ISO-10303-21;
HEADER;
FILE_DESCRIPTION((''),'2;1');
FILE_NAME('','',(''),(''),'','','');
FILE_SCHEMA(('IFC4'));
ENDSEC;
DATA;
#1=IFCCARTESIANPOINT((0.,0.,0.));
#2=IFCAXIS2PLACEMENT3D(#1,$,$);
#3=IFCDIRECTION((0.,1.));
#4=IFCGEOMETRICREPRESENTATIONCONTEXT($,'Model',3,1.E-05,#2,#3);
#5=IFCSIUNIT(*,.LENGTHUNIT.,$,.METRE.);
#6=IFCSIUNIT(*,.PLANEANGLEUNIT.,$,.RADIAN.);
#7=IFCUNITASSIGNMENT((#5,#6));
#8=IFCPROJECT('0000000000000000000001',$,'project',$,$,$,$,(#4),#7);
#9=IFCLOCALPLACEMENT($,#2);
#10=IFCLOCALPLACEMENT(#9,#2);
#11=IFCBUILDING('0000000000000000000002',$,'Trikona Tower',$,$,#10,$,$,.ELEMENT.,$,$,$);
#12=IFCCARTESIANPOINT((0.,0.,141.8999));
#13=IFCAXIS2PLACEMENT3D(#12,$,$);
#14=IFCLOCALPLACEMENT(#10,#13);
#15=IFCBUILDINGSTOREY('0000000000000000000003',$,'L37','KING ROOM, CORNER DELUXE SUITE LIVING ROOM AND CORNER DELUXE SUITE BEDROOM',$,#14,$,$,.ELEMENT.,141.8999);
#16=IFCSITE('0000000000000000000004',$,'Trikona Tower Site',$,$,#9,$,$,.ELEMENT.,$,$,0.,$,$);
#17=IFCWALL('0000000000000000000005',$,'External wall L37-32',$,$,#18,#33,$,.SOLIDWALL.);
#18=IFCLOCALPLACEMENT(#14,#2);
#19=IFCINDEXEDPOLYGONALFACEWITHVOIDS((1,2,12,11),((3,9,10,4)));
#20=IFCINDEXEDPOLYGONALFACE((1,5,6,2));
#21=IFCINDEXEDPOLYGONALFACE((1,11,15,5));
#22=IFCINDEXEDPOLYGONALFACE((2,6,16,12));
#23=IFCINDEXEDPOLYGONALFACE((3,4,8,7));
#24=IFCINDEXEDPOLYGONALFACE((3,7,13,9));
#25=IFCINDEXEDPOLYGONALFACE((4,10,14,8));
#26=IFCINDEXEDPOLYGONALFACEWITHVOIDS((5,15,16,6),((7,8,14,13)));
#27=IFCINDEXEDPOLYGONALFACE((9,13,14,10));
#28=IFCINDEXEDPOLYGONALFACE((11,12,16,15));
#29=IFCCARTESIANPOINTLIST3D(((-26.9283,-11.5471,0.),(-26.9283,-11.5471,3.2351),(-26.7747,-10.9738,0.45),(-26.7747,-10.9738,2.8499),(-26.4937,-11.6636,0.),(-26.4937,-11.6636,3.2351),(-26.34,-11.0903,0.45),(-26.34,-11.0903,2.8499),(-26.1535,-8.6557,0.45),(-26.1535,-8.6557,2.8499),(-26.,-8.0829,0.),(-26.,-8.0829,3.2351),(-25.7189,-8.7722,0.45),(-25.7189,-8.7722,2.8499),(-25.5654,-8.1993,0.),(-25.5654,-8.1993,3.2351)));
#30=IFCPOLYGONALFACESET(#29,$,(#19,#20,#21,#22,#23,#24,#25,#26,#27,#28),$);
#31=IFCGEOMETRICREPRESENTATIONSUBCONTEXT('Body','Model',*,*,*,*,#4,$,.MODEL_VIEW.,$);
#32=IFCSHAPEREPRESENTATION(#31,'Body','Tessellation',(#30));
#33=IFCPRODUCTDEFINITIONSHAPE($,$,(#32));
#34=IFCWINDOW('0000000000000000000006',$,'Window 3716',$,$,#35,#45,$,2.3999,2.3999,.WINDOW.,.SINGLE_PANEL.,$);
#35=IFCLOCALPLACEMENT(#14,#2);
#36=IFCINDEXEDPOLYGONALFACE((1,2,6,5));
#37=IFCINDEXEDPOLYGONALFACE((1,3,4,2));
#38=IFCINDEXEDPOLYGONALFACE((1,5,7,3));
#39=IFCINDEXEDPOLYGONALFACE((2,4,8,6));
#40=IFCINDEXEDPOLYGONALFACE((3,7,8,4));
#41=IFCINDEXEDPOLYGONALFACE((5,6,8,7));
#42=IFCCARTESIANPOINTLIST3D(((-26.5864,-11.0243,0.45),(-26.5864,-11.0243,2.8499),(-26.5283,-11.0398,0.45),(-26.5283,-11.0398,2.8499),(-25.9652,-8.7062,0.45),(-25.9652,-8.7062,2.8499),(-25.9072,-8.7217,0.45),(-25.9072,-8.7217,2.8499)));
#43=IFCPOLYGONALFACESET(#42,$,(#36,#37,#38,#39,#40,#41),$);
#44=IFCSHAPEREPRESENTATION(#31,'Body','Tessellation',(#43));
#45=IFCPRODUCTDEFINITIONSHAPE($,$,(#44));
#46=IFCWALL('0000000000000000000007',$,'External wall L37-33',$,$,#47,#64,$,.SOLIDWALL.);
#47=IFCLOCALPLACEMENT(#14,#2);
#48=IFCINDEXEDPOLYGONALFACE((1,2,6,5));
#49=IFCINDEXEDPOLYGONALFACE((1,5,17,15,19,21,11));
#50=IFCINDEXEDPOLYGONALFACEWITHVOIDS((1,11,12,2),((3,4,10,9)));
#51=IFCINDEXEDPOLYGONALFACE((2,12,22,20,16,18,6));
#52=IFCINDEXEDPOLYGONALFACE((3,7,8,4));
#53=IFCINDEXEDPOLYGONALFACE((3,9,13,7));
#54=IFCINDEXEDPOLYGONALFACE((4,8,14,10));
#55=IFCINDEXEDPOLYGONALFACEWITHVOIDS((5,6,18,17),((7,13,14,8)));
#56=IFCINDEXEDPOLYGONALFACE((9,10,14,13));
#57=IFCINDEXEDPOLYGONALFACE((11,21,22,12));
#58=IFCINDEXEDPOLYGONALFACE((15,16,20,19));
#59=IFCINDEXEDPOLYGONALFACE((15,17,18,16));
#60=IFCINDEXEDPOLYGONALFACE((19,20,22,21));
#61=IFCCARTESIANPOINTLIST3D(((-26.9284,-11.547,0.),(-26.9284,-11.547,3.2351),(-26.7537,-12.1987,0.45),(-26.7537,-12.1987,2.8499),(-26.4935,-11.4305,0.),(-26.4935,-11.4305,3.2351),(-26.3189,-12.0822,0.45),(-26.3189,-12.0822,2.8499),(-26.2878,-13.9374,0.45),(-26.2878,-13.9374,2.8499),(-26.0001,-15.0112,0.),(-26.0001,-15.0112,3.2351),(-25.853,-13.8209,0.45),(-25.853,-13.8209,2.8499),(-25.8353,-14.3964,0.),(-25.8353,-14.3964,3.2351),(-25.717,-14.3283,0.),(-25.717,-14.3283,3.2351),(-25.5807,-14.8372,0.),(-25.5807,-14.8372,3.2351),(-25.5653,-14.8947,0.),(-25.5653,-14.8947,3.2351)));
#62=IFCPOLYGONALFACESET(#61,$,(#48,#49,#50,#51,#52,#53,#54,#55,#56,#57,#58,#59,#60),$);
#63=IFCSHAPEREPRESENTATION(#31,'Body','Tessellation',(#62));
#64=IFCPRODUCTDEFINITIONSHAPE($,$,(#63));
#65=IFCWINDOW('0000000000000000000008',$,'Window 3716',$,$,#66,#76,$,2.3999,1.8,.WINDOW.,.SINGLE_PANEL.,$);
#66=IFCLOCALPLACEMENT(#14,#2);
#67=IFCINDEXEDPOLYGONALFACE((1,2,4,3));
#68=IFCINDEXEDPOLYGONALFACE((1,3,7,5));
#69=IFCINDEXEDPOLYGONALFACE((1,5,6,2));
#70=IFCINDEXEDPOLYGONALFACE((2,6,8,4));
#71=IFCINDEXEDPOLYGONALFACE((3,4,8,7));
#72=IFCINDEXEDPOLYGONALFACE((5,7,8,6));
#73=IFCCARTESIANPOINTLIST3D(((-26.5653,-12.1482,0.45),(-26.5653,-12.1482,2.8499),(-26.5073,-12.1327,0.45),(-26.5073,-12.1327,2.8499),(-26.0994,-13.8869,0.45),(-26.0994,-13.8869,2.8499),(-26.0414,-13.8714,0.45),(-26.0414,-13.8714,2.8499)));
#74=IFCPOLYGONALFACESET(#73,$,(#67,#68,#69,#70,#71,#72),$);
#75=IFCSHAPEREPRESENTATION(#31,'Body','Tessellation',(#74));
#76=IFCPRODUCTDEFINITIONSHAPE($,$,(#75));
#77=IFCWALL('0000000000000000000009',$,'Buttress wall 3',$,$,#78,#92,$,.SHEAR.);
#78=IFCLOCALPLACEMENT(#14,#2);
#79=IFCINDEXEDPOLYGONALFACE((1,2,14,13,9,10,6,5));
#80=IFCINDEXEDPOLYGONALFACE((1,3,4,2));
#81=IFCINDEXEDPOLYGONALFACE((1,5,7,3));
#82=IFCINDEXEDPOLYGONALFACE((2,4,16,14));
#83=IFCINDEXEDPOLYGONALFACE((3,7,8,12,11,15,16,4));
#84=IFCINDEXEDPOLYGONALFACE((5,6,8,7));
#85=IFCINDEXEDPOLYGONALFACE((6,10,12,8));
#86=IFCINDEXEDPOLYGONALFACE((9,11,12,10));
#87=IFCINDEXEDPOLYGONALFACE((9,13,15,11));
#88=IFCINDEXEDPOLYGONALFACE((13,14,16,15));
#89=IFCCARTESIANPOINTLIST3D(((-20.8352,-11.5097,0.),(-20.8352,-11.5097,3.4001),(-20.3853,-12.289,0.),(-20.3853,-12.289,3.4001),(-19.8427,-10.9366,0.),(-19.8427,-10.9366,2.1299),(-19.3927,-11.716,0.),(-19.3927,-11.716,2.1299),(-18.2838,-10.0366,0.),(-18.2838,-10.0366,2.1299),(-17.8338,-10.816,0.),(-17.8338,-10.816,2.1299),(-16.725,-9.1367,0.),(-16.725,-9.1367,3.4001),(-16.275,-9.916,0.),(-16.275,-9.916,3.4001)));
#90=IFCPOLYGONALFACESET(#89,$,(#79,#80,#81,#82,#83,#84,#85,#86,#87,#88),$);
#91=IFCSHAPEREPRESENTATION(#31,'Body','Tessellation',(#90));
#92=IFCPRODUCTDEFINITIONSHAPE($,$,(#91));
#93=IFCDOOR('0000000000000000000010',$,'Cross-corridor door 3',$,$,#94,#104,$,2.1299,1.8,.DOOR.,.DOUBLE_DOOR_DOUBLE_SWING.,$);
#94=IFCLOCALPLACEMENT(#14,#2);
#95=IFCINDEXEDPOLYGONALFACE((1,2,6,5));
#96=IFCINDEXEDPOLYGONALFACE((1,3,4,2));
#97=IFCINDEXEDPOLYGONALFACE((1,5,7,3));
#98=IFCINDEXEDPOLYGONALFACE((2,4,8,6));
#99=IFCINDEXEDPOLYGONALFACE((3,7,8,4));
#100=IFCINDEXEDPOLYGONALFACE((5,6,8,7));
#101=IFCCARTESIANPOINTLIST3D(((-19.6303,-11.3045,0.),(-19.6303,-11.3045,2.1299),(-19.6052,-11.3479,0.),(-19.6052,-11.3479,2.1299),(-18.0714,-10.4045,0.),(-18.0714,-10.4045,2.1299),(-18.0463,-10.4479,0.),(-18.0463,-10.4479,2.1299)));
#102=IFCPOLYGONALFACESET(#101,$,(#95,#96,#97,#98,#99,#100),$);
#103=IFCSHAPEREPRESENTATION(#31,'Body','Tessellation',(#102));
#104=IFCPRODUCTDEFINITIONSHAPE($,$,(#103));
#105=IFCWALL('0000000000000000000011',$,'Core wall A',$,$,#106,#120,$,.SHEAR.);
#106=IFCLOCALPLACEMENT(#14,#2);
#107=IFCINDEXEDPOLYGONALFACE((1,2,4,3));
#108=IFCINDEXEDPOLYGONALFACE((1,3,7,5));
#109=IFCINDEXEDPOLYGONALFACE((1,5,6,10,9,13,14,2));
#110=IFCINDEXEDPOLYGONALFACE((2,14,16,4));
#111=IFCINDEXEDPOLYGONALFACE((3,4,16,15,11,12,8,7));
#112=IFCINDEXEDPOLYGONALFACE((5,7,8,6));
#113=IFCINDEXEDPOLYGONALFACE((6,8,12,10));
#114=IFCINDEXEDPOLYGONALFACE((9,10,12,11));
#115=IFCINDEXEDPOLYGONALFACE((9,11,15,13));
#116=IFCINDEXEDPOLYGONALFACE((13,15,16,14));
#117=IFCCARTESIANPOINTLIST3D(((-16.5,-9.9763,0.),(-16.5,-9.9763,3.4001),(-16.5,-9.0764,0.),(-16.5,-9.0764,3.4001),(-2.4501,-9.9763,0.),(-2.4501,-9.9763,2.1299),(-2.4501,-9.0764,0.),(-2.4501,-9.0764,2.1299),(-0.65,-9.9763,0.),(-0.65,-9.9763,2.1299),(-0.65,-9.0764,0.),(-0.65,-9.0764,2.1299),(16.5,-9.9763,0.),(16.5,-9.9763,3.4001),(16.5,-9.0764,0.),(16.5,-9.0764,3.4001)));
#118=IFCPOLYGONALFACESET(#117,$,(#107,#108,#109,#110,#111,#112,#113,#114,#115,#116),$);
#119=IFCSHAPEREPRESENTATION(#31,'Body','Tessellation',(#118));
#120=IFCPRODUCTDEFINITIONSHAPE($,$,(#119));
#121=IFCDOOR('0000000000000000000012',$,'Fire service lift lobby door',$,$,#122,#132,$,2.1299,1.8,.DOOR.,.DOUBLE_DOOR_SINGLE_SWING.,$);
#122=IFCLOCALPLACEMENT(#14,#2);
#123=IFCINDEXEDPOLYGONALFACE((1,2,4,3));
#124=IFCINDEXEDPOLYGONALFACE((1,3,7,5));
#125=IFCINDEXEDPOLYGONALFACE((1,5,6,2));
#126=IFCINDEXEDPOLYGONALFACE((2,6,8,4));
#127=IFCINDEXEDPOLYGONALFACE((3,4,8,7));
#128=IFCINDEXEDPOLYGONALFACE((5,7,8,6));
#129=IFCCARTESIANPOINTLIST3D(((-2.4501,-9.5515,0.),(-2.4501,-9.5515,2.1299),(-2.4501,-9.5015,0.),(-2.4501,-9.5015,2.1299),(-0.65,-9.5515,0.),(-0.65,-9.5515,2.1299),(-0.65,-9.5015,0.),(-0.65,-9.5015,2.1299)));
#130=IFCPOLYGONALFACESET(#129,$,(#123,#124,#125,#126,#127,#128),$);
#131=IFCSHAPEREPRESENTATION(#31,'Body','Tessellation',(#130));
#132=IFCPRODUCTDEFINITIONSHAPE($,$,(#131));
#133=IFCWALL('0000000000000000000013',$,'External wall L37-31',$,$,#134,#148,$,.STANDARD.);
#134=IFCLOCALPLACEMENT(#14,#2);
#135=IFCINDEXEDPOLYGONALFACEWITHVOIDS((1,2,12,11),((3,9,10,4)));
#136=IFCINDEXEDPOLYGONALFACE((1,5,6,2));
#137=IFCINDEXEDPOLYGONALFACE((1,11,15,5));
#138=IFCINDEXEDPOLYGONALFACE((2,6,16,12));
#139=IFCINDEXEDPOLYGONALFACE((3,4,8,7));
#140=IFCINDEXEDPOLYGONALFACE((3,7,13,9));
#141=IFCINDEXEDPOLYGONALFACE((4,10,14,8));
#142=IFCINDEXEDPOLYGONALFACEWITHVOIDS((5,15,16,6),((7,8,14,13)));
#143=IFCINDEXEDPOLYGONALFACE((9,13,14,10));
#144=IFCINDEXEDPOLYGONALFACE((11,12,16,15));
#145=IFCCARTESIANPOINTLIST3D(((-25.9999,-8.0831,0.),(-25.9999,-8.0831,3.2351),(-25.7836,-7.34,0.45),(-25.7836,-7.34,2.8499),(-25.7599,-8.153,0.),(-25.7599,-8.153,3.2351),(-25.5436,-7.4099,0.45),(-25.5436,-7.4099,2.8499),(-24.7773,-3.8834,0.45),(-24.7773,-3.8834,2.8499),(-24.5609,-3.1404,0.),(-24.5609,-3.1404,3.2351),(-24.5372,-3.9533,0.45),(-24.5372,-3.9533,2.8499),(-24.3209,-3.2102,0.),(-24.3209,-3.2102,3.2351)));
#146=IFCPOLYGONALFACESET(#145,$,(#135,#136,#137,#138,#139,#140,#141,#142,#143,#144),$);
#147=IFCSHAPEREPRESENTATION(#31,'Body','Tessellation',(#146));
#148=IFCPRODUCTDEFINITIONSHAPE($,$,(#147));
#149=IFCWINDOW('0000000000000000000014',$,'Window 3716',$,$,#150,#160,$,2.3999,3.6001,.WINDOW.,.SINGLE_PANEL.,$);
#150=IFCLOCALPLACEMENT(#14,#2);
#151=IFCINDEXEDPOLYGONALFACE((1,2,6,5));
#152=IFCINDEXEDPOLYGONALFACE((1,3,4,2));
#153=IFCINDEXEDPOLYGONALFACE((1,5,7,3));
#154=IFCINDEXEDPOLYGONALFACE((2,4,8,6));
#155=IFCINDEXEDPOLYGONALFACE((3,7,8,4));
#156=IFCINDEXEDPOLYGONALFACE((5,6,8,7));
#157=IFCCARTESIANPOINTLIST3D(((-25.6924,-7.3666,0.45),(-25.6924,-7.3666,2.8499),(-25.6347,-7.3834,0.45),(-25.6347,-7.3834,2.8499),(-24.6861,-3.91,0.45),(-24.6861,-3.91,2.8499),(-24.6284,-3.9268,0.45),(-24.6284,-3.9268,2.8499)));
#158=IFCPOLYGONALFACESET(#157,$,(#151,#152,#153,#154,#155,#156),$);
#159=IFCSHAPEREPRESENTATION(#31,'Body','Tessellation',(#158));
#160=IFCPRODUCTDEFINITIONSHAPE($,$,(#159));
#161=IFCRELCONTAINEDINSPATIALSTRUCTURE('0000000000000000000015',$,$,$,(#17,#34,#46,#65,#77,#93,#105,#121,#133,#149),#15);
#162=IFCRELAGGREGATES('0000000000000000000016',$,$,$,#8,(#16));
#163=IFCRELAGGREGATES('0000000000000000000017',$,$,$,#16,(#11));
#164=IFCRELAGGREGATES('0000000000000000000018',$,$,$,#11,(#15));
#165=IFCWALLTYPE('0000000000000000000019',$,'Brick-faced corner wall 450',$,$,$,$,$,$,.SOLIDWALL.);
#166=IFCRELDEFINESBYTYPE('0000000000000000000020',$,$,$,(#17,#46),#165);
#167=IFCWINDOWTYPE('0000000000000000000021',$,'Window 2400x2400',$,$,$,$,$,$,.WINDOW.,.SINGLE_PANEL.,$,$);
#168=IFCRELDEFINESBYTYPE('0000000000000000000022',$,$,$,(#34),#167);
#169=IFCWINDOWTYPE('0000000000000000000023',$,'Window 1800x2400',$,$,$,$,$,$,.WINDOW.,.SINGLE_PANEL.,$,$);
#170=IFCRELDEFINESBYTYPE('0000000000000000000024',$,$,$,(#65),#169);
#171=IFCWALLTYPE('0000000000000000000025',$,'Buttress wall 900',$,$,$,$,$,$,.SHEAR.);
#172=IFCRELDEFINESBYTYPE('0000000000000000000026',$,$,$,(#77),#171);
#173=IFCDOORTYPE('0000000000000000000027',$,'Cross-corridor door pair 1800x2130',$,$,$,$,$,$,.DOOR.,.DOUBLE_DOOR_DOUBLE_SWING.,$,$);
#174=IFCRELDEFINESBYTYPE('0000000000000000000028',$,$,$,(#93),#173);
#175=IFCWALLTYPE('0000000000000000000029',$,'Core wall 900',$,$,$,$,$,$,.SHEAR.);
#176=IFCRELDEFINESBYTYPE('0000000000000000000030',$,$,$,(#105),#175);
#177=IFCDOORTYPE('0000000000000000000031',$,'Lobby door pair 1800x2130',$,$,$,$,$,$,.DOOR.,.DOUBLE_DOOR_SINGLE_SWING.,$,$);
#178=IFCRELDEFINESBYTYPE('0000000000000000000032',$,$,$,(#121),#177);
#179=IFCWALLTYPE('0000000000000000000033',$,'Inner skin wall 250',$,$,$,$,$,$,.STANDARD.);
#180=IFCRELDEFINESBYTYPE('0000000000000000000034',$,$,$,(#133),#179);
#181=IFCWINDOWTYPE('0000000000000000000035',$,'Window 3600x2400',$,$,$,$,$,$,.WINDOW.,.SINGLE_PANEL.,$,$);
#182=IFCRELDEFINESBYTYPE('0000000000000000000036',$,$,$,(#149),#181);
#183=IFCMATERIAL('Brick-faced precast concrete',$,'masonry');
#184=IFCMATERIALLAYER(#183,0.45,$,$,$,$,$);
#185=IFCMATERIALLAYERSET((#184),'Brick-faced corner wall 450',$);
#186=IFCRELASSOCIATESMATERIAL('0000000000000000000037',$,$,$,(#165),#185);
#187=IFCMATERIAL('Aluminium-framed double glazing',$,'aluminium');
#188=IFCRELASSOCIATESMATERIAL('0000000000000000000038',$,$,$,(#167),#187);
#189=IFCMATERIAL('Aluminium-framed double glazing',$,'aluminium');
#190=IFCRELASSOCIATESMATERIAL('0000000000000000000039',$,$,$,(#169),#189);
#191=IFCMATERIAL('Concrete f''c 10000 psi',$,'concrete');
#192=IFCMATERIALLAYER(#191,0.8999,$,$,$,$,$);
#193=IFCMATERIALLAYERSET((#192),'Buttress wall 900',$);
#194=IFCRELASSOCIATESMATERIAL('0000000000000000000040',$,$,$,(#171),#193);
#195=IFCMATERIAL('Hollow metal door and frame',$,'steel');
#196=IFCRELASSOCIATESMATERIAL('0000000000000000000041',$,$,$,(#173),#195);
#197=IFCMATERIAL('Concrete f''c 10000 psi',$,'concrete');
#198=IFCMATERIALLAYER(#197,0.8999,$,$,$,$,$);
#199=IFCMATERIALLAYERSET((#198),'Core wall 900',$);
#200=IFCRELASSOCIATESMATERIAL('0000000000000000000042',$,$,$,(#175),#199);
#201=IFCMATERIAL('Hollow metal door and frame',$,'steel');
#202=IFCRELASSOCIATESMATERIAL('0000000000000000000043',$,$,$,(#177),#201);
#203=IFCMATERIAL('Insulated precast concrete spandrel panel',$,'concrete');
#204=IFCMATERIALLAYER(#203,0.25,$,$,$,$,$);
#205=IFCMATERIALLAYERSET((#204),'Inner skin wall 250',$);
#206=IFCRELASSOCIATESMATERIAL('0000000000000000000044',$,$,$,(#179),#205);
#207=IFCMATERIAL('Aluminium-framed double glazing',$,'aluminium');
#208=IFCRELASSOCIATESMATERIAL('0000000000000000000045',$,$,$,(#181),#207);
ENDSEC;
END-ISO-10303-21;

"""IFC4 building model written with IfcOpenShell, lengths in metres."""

from ifc_helpers import new_model, si_unit, direction, frame, frame_2d, origin, place, context, subcontext, project, spatial, polyline, rectangle, outline, extrude, material, layer, layer_set, type_object, element, fill, save


model = new_model("IFC4")

# Units and contexts
model_context = context("Model", 3, precision=1e-05, world=origin(), true_north=direction((0.0, 1.0)))
body_context = subcontext(model_context, "Body", "Model", "MODEL_VIEW")
ifc_project = project(units=[si_unit("LENGTHUNIT", "METRE"), si_unit("PLANEANGLEUNIT", "RADIAN")], contexts=[model_context])

# Site, building, storey
site_placement = place(None, origin())
site = spatial("IfcSite", under=ifc_project, at=site_placement, Name="Trikona Tower Site", CompositionType="ELEMENT", RefElevation=0.0)
building_placement = place(site_placement, origin())
building = spatial("IfcBuilding", under=site, at=building_placement, Name="Trikona Tower", CompositionType="ELEMENT")
storey_placement = place(building_placement, frame((0.0, 0.0, 141.8999)))
storey = spatial("IfcBuildingStorey", under=building, at=storey_placement, Name="L37", Description="KING ROOM, CORNER DELUXE SUITE LIVING ROOM AND CORNER DELUXE SUITE BEDROOM", CompositionType="ELEMENT", Elevation=141.8999)

# Walls, openings, windows
ifc_material_1 = material(Name="Brick-faced precast concrete", Category="masonry")
ifc_layer_1 = layer(ifc_material_1, 0.45)
ifc_layer_set_1 = layer_set([ifc_layer_1], Name="Brick-faced corner wall 450")
wall_type_1 = type_object("IfcWallType", Name="Brick-faced corner wall 450", PredefinedType="SOLIDWALL", material=ifc_layer_set_1)
wall_1_placement = place(storey_placement, frame((-25.7827, -8.1411, 0.0), z_axis=(0.0, 0.0, 1.0), x_axis=(-0.258823, -0.965925, 0.0)))
wall_1 = element("IfcWall", 1, at=wall_1_placement, inside=storey, type_object=wall_type_1, Name="External wall L37-32", PredefinedType="SOLIDWALL", context=body_context, shape_type="SweptSolid", body=[
    extrude(rectangle(XDim=3.5864, YDim=0.45, at=frame_2d((1.7932, 0.0))), origin(), (0.0, 0.0, 1.0), 3.2351),
])
opening_1_placement = place(wall_1_placement, frame((0.593, 0.0, 0.45)))
opening_1 = element("IfcOpeningElement", 2, at=opening_1_placement, cuts=wall_1, PredefinedType="OPENING", context=body_context, shape_type="SweptSolid", body=[
    extrude(rectangle(XDim=2.3999, YDim=2.3999, at=frame_2d((1.2, 1.2))), frame((0.0, 0.2349, 0.0), z_axis=(0.0, -1.0, 0.0), x_axis=(1.0, 0.0, 0.0)), (0.0, 0.0, 1.0), 0.47),
])
ifc_material_2 = material(Name="Aluminium-framed double glazing", Category="aluminium")
window_type_1 = type_object("IfcWindowType", Name="Window 2400x2400", PartitioningType="SINGLE_PANEL", PredefinedType="WINDOW", material=ifc_material_2)
window_1_placement = place(opening_1_placement, origin())
window_1 = element("IfcWindow", 3, at=window_1_placement, inside=storey, type_object=window_type_1, Name="Window 3716", OverallHeight=2.3999, OverallWidth=2.3999, PartitioningType="SINGLE_PANEL", PredefinedType="WINDOW", context=body_context, shape_type="SweptSolid", body=[
    extrude(rectangle(XDim=2.3999, YDim=2.3999, at=frame_2d((1.2, 1.2))), frame((0.0, 0.03, 0.0), z_axis=(0.0, -1.0, 0.0), x_axis=(1.0, 0.0, 0.0)), (0.0, 0.0, 1.0), 0.0601),
])
fill(opening_1, window_1)
wall_2_placement = place(storey_placement, frame((-26.7109, -11.4888, 0.0), z_axis=(0.0, 0.0, 1.0), x_axis=(0.258823, -0.965925, 0.0)))
wall_2 = element("IfcWall", 4, at=wall_2_placement, inside=storey, type_object=wall_type_1, Name="External wall L37-33", PredefinedType="SOLIDWALL", context=body_context, shape_type="SweptSolid", body=[
    extrude(outline(polyline([(3.5864, 0.2251), (3.5269, 0.2251), (3.0352, 0.0933), (3.0, 0.2251), (0.0, 0.2251), (0.0, -0.2251), (3.5864, -0.2251), (3.5864, 0.2251)])), origin(), (0.0, 0.0, 1.0), 3.2351),
])
opening_2_placement = place(wall_2_placement, frame((0.6748, 0.0, 0.45)))
opening_2 = element("IfcOpeningElement", 5, at=opening_2_placement, cuts=wall_2, PredefinedType="OPENING", context=body_context, shape_type="SweptSolid", body=[
    extrude(rectangle(XDim=1.8, YDim=2.3999, at=frame_2d((0.8999, 1.2))), frame((0.0, 0.2349, 0.0), z_axis=(0.0, -1.0, 0.0), x_axis=(1.0, 0.0, 0.0)), (0.0, 0.0, 1.0), 0.47),
])
ifc_material_3 = material(Name="Aluminium-framed double glazing", Category="aluminium")
window_type_2 = type_object("IfcWindowType", Name="Window 1800x2400", PartitioningType="SINGLE_PANEL", PredefinedType="WINDOW", material=ifc_material_3)
window_2_placement = place(opening_2_placement, origin())
window_2 = element("IfcWindow", 6, at=window_2_placement, inside=storey, type_object=window_type_2, Name="Window 3716", OverallHeight=2.3999, OverallWidth=1.8, PartitioningType="SINGLE_PANEL", PredefinedType="WINDOW", context=body_context, shape_type="SweptSolid", body=[
    extrude(rectangle(XDim=1.8, YDim=2.3999, at=frame_2d((0.8999, 1.2))), frame((0.0, 0.03, 0.0), z_axis=(0.0, -1.0, 0.0), x_axis=(1.0, 0.0, 0.0)), (0.0, 0.0, 1.0), 0.0601),
])
fill(opening_2, window_2)

# Walls, openings, doors
ifc_material_4 = material(Name="Concrete f'c 10000 psi", Category="concrete")
ifc_layer_2 = layer(ifc_material_4, 0.8999)
ifc_layer_set_2 = layer_set([ifc_layer_2], Name="Buttress wall 900")
wall_type_2 = type_object("IfcWallType", Name="Buttress wall 900", PredefinedType="SHEAR", material=ifc_layer_set_2)
wall_3_placement = place(storey_placement, frame((-16.5, -9.5264, 0.0), z_axis=(0.0, 0.0, 1.0), x_axis=(-0.866031, -0.49999, 0.0)))
wall_3 = element("IfcWall", 7, at=wall_3_placement, inside=storey, type_object=wall_type_2, Name="Buttress wall 3", PredefinedType="SHEAR", context=body_context, shape_type="SweptSolid", body=[
    extrude(rectangle(XDim=4.7461, YDim=0.8999, at=frame_2d((2.373, 0.0))), origin(), (0.0, 0.0, 1.0), 3.4001),
])
opening_3_placement = place(wall_3_placement, frame((1.8, 0.0, 0.0)))
opening_3 = element("IfcOpeningElement", 8, at=opening_3_placement, cuts=wall_3, PredefinedType="OPENING", context=body_context, shape_type="SweptSolid", body=[
    extrude(rectangle(XDim=1.8, YDim=2.1299, at=frame_2d((0.8999, 1.0649))), frame((0.0, 0.46, 0.0), z_axis=(0.0, -1.0, 0.0), x_axis=(1.0, 0.0, 0.0)), (0.0, 0.0, 1.0), 0.9199),
])
ifc_material_5 = material(Name="Hollow metal door and frame", Category="steel")
door_type_1 = type_object("IfcDoorType", Name="Cross-corridor door pair 1800x2130", OperationType="DOUBLE_DOOR_DOUBLE_SWING", PredefinedType="DOOR", material=ifc_material_5)
door_1_placement = place(opening_3_placement, origin())
door_1 = element("IfcDoor", 9, at=door_1_placement, inside=storey, type_object=door_type_1, Name="Cross-corridor door 3", OperationType="DOUBLE_DOOR_DOUBLE_SWING", OverallHeight=2.1299, OverallWidth=1.8, PredefinedType="DOOR", context=body_context, shape_type="SweptSolid", body=[
    extrude(rectangle(XDim=1.8, YDim=2.1299, at=frame_2d((0.8999, 1.0649))), frame((0.0, 0.0249, 0.0), z_axis=(0.0, -1.0, 0.0), x_axis=(1.0, 0.0, 0.0)), (0.0, 0.0, 1.0), 0.05),
])
fill(opening_3, door_1)
ifc_material_6 = material(Name="Concrete f'c 10000 psi", Category="concrete")
ifc_layer_3 = layer(ifc_material_6, 0.8999)
ifc_layer_set_3 = layer_set([ifc_layer_3], Name="Core wall 900")
wall_type_3 = type_object("IfcWallType", Name="Core wall 900", PredefinedType="SHEAR", material=ifc_layer_set_3)
wall_4_placement = place(storey_placement, frame((-16.5, -9.5264, 0.0), z_axis=(0.0, 0.0, 1.0), x_axis=(1.0, 0.0, 0.0)))
wall_4 = element("IfcWall", 10, at=wall_4_placement, inside=storey, type_object=wall_type_3, Name="Core wall A", PredefinedType="SHEAR", context=body_context, shape_type="SweptSolid", body=[
    extrude(rectangle(XDim=33.0, YDim=0.8999, at=frame_2d((16.5, 0.0))), origin(), (0.0, 0.0, 1.0), 3.4001),
])
opening_4_placement = place(wall_4_placement, frame((14.05, 0.0, 0.0)))
opening_4 = element("IfcOpeningElement", 11, at=opening_4_placement, cuts=wall_4, PredefinedType="OPENING", context=body_context, shape_type="SweptSolid", body=[
    extrude(rectangle(XDim=1.8, YDim=2.1299, at=frame_2d((0.8999, 1.0649))), frame((0.0, 0.46, 0.0), z_axis=(0.0, -1.0, 0.0), x_axis=(1.0, 0.0, 0.0)), (0.0, 0.0, 1.0), 0.9199),
])
ifc_material_7 = material(Name="Hollow metal door and frame", Category="steel")
door_type_2 = type_object("IfcDoorType", Name="Lobby door pair 1800x2130", OperationType="DOUBLE_DOOR_SINGLE_SWING", PredefinedType="DOOR", material=ifc_material_7)
door_2_placement = place(opening_4_placement, origin())
door_2 = element("IfcDoor", 12, at=door_2_placement, inside=storey, type_object=door_type_2, Name="Fire service lift lobby door", OperationType="DOUBLE_DOOR_SINGLE_SWING", OverallHeight=2.1299, OverallWidth=1.8, PredefinedType="DOOR", context=body_context, shape_type="SweptSolid", body=[
    extrude(rectangle(XDim=1.8, YDim=2.1299, at=frame_2d((0.8999, 1.0649))), frame((0.0, 0.0249, 0.0), z_axis=(0.0, -1.0, 0.0), x_axis=(1.0, 0.0, 0.0)), (0.0, 0.0, 1.0), 0.05),
])
fill(opening_4, door_2)

# Wall, opening, window
ifc_material_8 = material(Name="Insulated precast concrete spandrel panel", Category="concrete")
ifc_layer_4 = layer(ifc_material_8, 0.25)
ifc_layer_set_4 = layer_set([ifc_layer_4], Name="Inner skin wall 250")
wall_type_4 = type_object("IfcWallType", Name="Inner skin wall 250", PredefinedType="STANDARD", material=ifc_layer_set_4)
wall_5_placement = place(storey_placement, frame((-24.4409, -3.1753, 0.0), z_axis=(0.0, 0.0, 1.0), x_axis=(-0.279528, -0.960137, 0.0)))
wall_5 = element("IfcWall", 13, at=wall_5_placement, inside=storey, type_object=wall_type_4, Name="External wall L37-31", PredefinedType="STANDARD", context=body_context, shape_type="SweptSolid", body=[
    extrude(rectangle(XDim=5.1479, YDim=0.25, at=frame_2d((2.574, 0.0))), origin(), (0.0, 0.0, 1.0), 3.2351),
])
opening_5_placement = place(wall_5_placement, frame((0.7739, 0.0, 0.45)))
opening_5 = element("IfcOpeningElement", 14, at=opening_5_placement, cuts=wall_5, PredefinedType="OPENING", context=body_context, shape_type="SweptSolid", body=[
    extrude(rectangle(XDim=3.6001, YDim=2.3999, at=frame_2d((1.8, 1.2))), frame((0.0, 0.135, 0.0), z_axis=(0.0, -1.0, 0.0), x_axis=(1.0, 0.0, 0.0)), (0.0, 0.0, 1.0), 0.27),
])
ifc_material_9 = material(Name="Aluminium-framed double glazing", Category="aluminium")
window_type_3 = type_object("IfcWindowType", Name="Window 3600x2400", PartitioningType="SINGLE_PANEL", PredefinedType="WINDOW", material=ifc_material_9)
window_3_placement = place(opening_5_placement, origin())
window_3 = element("IfcWindow", 15, at=window_3_placement, inside=storey, type_object=window_type_3, Name="Window 3716", OverallHeight=2.3999, OverallWidth=3.6001, PartitioningType="SINGLE_PANEL", PredefinedType="WINDOW", context=body_context, shape_type="SweptSolid", body=[
    extrude(rectangle(XDim=3.6001, YDim=2.3999, at=frame_2d((1.8, 1.2))), frame((0.0, 0.03, 0.0), z_axis=(0.0, -1.0, 0.0), x_axis=(1.0, 0.0, 0.0)), (0.0, 0.0, 1.0), 0.0601),
])
fill(opening_5, window_3)

save(model, "model.ifc")
